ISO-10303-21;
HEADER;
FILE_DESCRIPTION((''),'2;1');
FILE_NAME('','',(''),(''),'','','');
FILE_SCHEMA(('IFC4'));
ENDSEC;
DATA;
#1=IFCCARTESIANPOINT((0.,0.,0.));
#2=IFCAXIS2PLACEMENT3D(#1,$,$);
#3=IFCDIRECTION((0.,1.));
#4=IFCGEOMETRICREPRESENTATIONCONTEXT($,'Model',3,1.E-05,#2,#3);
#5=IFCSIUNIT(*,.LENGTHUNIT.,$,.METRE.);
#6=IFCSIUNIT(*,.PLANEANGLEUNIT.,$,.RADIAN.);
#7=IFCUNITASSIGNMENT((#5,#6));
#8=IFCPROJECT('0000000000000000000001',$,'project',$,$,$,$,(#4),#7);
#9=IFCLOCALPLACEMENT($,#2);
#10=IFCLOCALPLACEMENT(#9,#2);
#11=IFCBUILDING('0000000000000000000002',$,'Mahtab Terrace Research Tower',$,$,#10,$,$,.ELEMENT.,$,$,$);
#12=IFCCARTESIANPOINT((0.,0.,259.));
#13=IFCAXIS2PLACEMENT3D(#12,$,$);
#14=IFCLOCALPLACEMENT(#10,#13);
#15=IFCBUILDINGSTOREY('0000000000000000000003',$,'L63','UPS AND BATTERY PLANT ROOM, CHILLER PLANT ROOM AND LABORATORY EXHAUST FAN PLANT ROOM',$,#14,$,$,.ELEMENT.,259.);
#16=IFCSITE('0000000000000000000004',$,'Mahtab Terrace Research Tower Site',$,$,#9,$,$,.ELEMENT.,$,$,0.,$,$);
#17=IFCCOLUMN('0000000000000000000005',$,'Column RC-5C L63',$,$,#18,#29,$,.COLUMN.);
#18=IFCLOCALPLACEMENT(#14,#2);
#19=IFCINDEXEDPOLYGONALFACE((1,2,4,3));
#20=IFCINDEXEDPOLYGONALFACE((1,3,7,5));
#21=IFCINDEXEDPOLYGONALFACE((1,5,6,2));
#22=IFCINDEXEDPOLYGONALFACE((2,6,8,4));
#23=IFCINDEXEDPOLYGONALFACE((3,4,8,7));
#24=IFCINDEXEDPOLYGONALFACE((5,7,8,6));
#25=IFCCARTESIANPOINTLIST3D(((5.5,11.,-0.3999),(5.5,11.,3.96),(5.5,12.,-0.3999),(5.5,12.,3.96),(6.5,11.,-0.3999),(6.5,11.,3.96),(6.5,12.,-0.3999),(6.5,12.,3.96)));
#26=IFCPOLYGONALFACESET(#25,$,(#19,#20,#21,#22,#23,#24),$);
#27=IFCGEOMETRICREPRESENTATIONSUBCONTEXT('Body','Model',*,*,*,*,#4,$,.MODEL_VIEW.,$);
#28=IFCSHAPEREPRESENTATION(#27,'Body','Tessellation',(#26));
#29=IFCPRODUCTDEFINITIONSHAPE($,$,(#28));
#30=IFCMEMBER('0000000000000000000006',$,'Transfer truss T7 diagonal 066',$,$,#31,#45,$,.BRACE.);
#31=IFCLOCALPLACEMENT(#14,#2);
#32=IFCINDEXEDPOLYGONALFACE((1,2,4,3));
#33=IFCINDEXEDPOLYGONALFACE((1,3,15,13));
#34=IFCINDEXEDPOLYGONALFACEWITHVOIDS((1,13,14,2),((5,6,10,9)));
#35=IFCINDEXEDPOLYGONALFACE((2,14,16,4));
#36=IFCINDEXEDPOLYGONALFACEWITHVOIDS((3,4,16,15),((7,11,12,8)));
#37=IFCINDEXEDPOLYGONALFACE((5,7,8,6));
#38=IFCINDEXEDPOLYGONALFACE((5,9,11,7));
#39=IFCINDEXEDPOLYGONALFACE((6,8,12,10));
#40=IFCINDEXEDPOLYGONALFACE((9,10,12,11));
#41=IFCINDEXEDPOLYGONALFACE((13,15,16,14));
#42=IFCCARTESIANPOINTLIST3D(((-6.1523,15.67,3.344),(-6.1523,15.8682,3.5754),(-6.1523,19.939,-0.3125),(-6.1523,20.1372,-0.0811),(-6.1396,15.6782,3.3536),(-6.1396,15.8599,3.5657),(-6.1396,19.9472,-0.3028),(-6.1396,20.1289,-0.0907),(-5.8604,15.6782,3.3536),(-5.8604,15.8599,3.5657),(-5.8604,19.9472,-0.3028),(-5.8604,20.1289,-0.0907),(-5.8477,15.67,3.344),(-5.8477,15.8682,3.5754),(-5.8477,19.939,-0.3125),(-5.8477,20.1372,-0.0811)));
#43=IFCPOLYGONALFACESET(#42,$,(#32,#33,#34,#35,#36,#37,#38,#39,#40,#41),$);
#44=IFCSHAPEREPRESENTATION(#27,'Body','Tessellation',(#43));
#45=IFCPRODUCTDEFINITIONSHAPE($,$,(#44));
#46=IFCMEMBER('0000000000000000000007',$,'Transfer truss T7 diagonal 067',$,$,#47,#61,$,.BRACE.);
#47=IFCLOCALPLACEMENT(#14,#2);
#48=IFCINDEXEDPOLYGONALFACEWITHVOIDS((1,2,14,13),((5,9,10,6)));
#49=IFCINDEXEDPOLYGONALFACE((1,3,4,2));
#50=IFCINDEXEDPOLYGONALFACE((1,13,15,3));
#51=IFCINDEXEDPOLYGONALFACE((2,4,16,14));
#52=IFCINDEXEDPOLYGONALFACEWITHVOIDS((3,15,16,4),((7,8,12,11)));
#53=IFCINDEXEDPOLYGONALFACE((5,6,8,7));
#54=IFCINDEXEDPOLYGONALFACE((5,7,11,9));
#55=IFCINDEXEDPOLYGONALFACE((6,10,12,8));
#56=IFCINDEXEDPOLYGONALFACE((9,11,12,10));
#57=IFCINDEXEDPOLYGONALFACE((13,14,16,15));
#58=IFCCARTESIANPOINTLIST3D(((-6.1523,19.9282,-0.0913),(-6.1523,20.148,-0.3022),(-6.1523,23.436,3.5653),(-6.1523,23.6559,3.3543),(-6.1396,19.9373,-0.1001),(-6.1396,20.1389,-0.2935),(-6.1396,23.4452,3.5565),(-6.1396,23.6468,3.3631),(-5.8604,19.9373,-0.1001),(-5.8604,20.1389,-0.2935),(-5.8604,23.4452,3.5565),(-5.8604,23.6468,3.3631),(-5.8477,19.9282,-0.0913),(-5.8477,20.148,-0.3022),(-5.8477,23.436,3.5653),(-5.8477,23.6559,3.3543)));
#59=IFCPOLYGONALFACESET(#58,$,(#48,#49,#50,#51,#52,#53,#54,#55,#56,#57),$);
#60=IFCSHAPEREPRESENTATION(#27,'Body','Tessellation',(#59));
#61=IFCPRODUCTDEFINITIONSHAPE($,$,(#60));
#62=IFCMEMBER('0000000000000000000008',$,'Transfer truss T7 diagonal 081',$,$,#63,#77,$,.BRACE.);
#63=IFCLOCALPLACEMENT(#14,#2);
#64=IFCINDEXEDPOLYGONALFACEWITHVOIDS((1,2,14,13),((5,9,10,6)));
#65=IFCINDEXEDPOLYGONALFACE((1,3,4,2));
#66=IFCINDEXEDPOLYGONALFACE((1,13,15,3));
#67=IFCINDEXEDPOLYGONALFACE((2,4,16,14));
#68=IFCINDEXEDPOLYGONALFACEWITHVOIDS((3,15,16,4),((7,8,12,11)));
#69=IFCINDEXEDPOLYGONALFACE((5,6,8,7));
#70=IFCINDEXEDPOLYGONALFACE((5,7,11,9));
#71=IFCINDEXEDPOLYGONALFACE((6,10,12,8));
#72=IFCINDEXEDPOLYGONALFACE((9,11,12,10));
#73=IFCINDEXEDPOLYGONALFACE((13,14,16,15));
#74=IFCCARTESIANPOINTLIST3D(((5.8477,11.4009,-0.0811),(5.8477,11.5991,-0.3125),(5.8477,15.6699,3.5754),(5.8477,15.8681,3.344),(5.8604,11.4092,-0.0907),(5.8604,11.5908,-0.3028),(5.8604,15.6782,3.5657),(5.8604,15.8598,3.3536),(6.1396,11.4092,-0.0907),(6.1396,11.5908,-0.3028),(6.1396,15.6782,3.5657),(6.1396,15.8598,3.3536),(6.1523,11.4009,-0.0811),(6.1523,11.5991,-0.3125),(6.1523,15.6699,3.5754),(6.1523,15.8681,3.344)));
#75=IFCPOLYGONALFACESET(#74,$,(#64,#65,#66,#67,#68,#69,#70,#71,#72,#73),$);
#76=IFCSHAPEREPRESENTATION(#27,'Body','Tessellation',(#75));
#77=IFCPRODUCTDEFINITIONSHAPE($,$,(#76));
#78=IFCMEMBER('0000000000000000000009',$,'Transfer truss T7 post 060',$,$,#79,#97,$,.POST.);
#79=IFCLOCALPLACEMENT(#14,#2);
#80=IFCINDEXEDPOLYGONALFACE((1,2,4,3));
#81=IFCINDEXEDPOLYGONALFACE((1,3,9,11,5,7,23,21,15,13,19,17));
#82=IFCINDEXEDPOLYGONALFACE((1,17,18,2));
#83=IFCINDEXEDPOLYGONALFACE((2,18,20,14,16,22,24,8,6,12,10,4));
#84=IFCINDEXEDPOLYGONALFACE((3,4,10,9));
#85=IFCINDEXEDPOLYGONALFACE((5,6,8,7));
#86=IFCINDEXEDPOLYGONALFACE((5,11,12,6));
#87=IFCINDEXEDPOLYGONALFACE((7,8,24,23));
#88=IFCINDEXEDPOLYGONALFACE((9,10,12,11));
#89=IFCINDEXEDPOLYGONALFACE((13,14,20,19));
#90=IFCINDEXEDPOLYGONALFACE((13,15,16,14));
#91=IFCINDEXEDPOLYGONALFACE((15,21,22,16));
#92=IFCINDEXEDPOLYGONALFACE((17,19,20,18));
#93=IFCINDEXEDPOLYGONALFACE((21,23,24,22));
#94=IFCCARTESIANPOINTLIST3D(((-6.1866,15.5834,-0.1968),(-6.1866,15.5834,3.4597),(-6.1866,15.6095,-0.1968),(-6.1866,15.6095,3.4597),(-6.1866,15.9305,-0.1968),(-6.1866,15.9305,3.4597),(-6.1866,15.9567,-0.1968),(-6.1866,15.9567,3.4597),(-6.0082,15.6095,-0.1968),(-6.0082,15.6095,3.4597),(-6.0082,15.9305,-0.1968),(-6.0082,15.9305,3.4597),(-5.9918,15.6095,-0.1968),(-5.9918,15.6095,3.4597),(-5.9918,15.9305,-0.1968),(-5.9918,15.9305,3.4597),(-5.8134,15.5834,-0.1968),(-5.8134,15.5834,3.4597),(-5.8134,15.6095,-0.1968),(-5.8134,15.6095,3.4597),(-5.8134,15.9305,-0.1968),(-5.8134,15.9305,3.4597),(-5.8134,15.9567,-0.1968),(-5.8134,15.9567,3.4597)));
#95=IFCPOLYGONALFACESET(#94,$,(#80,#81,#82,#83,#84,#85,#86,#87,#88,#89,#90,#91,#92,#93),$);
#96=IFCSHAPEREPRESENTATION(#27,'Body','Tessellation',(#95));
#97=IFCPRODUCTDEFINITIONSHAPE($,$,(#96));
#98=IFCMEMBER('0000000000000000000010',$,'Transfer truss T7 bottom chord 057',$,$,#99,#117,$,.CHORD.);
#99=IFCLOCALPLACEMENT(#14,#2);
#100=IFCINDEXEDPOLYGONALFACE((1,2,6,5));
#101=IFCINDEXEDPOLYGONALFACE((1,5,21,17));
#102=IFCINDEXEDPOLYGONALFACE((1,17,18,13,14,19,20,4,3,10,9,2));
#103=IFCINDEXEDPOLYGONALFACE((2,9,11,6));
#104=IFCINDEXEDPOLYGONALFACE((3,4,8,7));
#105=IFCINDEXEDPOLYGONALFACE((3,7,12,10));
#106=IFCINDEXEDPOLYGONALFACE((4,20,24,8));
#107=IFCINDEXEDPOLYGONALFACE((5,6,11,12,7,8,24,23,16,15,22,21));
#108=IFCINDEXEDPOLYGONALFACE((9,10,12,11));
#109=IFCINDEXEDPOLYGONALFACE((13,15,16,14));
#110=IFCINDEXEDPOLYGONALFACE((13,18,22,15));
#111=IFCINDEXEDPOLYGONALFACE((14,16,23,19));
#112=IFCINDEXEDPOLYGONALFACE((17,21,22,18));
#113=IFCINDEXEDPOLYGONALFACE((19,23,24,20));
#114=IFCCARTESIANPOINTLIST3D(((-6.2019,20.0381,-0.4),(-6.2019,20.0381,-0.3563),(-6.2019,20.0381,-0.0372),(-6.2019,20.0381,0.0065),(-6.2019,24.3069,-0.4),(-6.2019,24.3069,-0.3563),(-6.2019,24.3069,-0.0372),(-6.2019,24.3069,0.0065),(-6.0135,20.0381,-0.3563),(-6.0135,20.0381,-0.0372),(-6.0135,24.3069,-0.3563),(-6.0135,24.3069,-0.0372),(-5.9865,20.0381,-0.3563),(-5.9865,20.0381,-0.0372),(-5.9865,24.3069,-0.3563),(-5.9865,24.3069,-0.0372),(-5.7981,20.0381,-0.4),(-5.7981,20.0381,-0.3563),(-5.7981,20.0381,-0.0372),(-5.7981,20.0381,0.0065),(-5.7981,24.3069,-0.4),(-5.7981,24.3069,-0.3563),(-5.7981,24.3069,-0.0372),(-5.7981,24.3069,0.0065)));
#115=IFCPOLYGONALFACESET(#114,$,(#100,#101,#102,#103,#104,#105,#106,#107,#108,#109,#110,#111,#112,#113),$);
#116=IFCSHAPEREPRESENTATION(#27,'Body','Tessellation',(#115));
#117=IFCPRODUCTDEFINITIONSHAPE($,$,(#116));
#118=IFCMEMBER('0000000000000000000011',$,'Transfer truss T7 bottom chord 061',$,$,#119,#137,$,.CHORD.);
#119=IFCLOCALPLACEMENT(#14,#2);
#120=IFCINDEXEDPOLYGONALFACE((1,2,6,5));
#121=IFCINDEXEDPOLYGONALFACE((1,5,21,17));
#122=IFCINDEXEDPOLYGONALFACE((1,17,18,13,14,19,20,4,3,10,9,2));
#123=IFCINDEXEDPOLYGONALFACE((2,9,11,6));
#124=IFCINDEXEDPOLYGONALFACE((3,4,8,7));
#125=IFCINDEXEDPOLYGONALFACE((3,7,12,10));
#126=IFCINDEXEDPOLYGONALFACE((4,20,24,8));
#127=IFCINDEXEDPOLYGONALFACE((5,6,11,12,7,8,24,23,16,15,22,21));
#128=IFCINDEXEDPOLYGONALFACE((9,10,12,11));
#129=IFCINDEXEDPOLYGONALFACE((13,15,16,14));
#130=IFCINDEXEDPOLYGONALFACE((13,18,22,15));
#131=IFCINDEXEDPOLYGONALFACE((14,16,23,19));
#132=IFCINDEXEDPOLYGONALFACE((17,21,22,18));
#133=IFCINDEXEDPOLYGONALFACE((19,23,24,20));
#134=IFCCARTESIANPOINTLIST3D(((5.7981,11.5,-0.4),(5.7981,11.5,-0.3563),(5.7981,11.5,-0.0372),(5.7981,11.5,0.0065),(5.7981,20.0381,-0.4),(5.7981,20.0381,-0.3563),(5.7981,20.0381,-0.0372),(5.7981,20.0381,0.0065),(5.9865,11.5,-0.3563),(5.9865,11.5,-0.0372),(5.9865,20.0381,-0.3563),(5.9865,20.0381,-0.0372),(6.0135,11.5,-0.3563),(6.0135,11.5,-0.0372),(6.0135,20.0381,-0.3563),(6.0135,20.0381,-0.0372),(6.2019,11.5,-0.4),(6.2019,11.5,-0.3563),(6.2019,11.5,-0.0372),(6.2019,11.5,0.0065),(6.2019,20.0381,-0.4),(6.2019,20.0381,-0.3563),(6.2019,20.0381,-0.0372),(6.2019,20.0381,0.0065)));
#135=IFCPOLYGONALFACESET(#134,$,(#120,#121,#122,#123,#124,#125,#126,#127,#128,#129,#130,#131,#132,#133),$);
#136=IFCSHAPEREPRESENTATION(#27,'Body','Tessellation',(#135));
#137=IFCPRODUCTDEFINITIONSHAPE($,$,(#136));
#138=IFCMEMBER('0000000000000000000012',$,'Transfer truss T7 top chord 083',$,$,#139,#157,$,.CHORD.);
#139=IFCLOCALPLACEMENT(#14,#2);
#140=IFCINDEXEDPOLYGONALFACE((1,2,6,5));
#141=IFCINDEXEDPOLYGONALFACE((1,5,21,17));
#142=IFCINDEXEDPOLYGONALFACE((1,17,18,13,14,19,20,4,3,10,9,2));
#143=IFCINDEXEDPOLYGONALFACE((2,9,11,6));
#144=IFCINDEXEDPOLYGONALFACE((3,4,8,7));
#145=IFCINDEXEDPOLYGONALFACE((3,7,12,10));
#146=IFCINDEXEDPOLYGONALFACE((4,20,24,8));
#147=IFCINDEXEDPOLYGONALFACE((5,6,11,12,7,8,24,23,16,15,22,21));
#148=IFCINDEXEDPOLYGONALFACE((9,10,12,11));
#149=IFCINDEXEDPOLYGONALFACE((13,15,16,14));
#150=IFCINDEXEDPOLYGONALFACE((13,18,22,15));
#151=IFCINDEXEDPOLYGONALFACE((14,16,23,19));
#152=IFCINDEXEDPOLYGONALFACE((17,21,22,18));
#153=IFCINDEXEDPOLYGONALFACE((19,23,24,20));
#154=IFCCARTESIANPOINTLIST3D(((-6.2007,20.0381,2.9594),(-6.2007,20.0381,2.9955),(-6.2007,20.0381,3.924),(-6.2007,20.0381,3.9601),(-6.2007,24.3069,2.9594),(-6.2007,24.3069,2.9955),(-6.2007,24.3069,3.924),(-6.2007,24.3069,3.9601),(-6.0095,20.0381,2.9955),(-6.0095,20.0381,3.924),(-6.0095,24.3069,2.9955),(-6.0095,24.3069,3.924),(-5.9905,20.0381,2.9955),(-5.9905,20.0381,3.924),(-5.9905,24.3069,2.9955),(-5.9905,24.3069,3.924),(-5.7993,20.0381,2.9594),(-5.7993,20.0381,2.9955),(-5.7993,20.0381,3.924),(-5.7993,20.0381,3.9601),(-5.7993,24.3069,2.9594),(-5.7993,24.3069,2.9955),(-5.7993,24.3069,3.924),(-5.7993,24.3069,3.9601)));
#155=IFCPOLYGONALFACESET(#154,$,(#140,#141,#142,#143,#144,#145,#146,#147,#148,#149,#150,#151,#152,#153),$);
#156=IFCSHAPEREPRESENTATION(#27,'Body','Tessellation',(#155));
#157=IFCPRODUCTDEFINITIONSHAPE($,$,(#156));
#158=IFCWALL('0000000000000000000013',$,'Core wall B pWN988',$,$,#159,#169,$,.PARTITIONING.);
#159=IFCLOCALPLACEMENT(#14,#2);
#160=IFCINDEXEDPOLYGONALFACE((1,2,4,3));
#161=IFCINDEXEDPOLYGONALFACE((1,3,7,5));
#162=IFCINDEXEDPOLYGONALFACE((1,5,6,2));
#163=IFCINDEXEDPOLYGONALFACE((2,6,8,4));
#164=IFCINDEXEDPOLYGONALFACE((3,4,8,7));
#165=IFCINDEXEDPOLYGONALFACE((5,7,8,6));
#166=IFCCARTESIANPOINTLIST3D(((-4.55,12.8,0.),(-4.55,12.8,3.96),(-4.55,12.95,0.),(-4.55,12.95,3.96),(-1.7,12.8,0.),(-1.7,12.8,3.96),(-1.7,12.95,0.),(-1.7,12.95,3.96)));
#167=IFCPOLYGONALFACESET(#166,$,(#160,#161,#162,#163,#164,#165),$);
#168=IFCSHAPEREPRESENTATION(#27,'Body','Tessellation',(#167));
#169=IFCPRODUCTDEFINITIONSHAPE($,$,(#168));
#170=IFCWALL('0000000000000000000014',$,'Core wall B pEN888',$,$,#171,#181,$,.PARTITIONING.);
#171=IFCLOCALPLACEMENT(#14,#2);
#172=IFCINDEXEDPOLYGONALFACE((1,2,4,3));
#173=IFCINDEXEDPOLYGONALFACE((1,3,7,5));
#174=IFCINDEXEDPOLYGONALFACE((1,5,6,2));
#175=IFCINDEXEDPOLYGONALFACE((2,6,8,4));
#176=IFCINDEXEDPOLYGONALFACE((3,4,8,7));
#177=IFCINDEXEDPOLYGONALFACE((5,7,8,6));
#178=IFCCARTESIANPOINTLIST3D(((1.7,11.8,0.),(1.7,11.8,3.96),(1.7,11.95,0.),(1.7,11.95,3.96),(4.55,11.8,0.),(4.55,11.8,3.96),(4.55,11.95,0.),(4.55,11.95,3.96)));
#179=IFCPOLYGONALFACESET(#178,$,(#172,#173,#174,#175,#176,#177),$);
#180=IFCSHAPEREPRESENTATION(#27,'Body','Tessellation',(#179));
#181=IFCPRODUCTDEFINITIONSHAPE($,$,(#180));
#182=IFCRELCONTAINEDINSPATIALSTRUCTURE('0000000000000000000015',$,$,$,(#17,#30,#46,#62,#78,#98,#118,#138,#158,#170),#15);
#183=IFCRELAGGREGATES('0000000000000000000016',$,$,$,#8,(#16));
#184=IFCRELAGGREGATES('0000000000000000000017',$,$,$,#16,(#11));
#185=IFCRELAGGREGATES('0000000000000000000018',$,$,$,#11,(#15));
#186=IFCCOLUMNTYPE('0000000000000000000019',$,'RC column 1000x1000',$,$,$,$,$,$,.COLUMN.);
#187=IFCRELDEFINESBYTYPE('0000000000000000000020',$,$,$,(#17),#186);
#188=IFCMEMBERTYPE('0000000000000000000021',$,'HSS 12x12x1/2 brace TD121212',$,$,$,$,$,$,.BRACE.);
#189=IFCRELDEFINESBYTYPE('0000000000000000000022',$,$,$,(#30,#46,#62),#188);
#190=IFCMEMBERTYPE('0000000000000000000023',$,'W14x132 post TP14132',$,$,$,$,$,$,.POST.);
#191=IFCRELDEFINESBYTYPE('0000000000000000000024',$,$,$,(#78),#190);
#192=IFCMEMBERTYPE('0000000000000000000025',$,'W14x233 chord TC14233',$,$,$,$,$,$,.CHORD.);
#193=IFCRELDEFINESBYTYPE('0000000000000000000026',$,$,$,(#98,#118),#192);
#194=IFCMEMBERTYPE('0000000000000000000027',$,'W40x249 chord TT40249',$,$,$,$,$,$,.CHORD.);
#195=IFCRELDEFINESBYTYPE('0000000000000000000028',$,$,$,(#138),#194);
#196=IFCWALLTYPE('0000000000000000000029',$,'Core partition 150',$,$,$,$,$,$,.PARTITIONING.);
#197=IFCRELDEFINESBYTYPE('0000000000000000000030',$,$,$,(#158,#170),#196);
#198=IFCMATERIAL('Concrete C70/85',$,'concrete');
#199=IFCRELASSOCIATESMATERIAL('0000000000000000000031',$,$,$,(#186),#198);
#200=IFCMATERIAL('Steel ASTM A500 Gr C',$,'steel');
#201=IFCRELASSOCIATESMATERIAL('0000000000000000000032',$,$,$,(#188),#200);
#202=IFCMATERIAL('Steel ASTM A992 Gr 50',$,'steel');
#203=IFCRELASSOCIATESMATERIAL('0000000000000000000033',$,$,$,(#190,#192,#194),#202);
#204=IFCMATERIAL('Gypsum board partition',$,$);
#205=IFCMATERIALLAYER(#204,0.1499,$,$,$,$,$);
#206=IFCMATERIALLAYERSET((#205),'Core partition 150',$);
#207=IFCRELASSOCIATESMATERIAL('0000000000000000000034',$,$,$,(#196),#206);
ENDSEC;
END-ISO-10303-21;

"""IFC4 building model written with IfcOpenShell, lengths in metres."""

from ifc_helpers import new_model, si_unit, direction, frame, frame_2d, origin, origin_2d, place, context, subcontext, project, spatial, rectangle, hollow_rectangle, i_section, extrude, material, layer, layer_set, material_profile, profile_set, type_object, element, save


model = new_model("IFC4")

# Units and contexts
model_context = context("Model", 3, precision=1e-05, world=origin(), true_north=direction((0.0, 1.0)))
body_context = subcontext(model_context, "Body", "Model", "MODEL_VIEW")
ifc_project = project(units=[si_unit("LENGTHUNIT", "METRE"), si_unit("PLANEANGLEUNIT", "RADIAN")], contexts=[model_context])

# Site, building, storey
site_placement = place(None, origin())
site = spatial("IfcSite", under=ifc_project, at=site_placement, Name="Mahtab Terrace Research Tower Site", CompositionType="ELEMENT", RefElevation=0.0)
building_placement = place(site_placement, origin())
building = spatial("IfcBuilding", under=site, at=building_placement, Name="Mahtab Terrace Research Tower", CompositionType="ELEMENT")
storey_placement = place(building_placement, frame((0.0, 0.0, 259.0)))
storey = spatial("IfcBuildingStorey", under=building, at=storey_placement, Name="L63", Description="UPS AND BATTERY PLANT ROOM, CHILLER PLANT ROOM AND LABORATORY EXHAUST FAN PLANT ROOM", CompositionType="ELEMENT", Elevation=259.0)

# Column
ifc_material_1 = material(Name="Concrete C70/85", Category="concrete")
ifc_material_profile_1 = material_profile(ifc_material_1, rectangle(XDim=1.0, YDim=1.0, at=origin_2d()), Name="RC column 1000x1000")
ifc_profile_set_1 = profile_set([ifc_material_profile_1], Name="Concrete C70/85")
column_type = type_object("IfcColumnType", Name="RC column 1000x1000", PredefinedType="COLUMN", material=ifc_profile_set_1)
column_placement = place(storey_placement, frame((6.0, 11.5, -0.3999), z_axis=(0.0, 0.0, 1.0), x_axis=(1.0, 0.0, 0.0)))
element("IfcColumn", 1, at=column_placement, inside=storey, type_object=column_type, Name="Column RC-5C L63", PredefinedType="COLUMN", context=body_context, shape_type="SweptSolid", body=[
    extrude(rectangle(XDim=1.0, YDim=1.0, at=origin_2d()), origin(), (0.0, 0.0, 1.0), 4.3599),
])

# Members
ifc_material_2 = material(Name="Steel ASTM A500 Gr C", Category="steel")
ifc_material_profile_2 = material_profile(ifc_material_2, hollow_rectangle(XDim=0.3047, YDim=0.3047, WallThickness=0.0127, at=origin_2d()), Name="HSS12X12X1/2")
ifc_profile_set_2 = profile_set([ifc_material_profile_2], Name="Steel ASTM A500 Gr C")
member_type_1 = type_object("IfcMemberType", Name="HSS 12x12x1/2 brace TD121212", PredefinedType="BRACE", material=ifc_profile_set_2)
member_1_placement = place(storey_placement, frame((-6.0, 20.0381, -0.1968), z_axis=(0.0, -0.759493, 0.650516), x_axis=(1.0, 0.0, 0.0)))
element("IfcMember", 2, at=member_1_placement, inside=storey, type_object=member_type_1, Name="Transfer truss T7 diagonal 066", PredefinedType="BRACE", context=body_context, shape_type="SweptSolid", body=[
    extrude(hollow_rectangle(XDim=0.3047, YDim=0.3047, WallThickness=0.0127, at=origin_2d()), origin(), (0.0, 0.0, 1.0), 5.6208),
])
member_2_placement = place(storey_placement, frame((-6.0, 20.0381, -0.1968), z_axis=(0.0, 0.692283, 0.721626), x_axis=(-1.0, 0.0, 0.0)))
element("IfcMember", 3, at=member_2_placement, inside=storey, type_object=member_type_1, Name="Transfer truss T7 diagonal 067", PredefinedType="BRACE", context=body_context, shape_type="SweptSolid", body=[
    extrude(hollow_rectangle(XDim=0.3047, YDim=0.3047, WallThickness=0.0127, at=origin_2d()), origin(), (0.0, 0.0, 1.0), 5.0671),
])
member_3_placement = place(storey_placement, frame((6.0, 11.5, -0.1968), z_axis=(0.0, 0.759493, 0.650516), x_axis=(-1.0, 0.0, 0.0)))
element("IfcMember", 4, at=member_3_placement, inside=storey, type_object=member_type_1, Name="Transfer truss T7 diagonal 081", PredefinedType="BRACE", context=body_context, shape_type="SweptSolid", body=[
    extrude(hollow_rectangle(XDim=0.3047, YDim=0.3047, WallThickness=0.0127, at=origin_2d()), origin(), (0.0, 0.0, 1.0), 5.6208),
])
ifc_material_3 = material(Name="Steel ASTM A992 Gr 50", Category="steel")
ifc_material_profile_3 = material_profile(ifc_material_3, i_section(OverallWidth=0.3733, OverallDepth=0.3733, WebThickness=0.0164, FlangeThickness=0.0261, at=origin_2d()), Name="W14X132")
ifc_profile_set_3 = profile_set([ifc_material_profile_3], Name="Steel ASTM A992 Gr 50")
member_type_2 = type_object("IfcMemberType", Name="W14x132 post TP14132", PredefinedType="POST", material=ifc_profile_set_3)
member_4_placement = place(storey_placement, frame((-6.0, 15.77, -0.1968), z_axis=(0.0, 0.0, 1.0), x_axis=(1.0, 0.0, 0.0)))
element("IfcMember", 5, at=member_4_placement, inside=storey, type_object=member_type_2, Name="Transfer truss T7 post 060", PredefinedType="POST", context=body_context, shape_type="SweptSolid", body=[
    extrude(i_section(OverallWidth=0.3733, OverallDepth=0.3733, WebThickness=0.0164, FlangeThickness=0.0261, at=origin_2d()), origin(), (0.0, 0.0, 1.0), 3.6565),
])
ifc_material_profile_4 = material_profile(ifc_material_3, i_section(OverallWidth=0.4038, OverallDepth=0.4065, WebThickness=0.0271, FlangeThickness=0.0437, at=origin_2d()), Name="W14X233")
ifc_profile_set_4 = profile_set([ifc_material_profile_4], Name="Steel ASTM A992 Gr 50")
member_type_3 = type_object("IfcMemberType", Name="W14x233 chord TC14233", PredefinedType="CHORD", material=ifc_profile_set_4)
member_5_placement = place(storey_placement, frame((-6.0, 20.0381, -0.1968), z_axis=(0.0, 1.0, 0.0), x_axis=(-1.0, 0.0, 0.0)))
element("IfcMember", 6, at=member_5_placement, inside=storey, type_object=member_type_3, Name="Transfer truss T7 bottom chord 057", PredefinedType="CHORD", context=body_context, shape_type="SweptSolid", body=[
    extrude(i_section(OverallWidth=0.4038, OverallDepth=0.4065, WebThickness=0.0271, FlangeThickness=0.0437, at=origin_2d()), origin(), (0.0, 0.0, 1.0), 4.2688),
])
member_6_placement = place(storey_placement, frame((6.0, 11.5, -0.1968), z_axis=(0.0, 1.0, 0.0), x_axis=(-1.0, 0.0, 0.0)))
element("IfcMember", 7, at=member_6_placement, inside=storey, type_object=member_type_3, Name="Transfer truss T7 bottom chord 061", PredefinedType="CHORD", context=body_context, shape_type="SweptSolid", body=[
    extrude(i_section(OverallWidth=0.4038, OverallDepth=0.4065, WebThickness=0.0271, FlangeThickness=0.0437, at=origin_2d()), origin(), (0.0, 0.0, 1.0), 8.5381),
])
ifc_material_profile_5 = material_profile(ifc_material_3, i_section(OverallWidth=0.4014, OverallDepth=1.0007, WebThickness=0.019, FlangeThickness=0.0361, at=origin_2d()), Name="W40X249")
ifc_profile_set_5 = profile_set([ifc_material_profile_5], Name="Steel ASTM A992 Gr 50")
member_type_4 = type_object("IfcMemberType", Name="W40x249 chord TT40249", PredefinedType="CHORD", material=ifc_profile_set_5)
member_7_placement = place(storey_placement, frame((-6.0, 20.0381, 3.4597), z_axis=(0.0, 1.0, 0.0), x_axis=(-1.0, 0.0, 0.0)))
element("IfcMember", 8, at=member_7_placement, inside=storey, type_object=member_type_4, Name="Transfer truss T7 top chord 083", PredefinedType="CHORD", context=body_context, shape_type="SweptSolid", body=[
    extrude(i_section(OverallWidth=0.4014, OverallDepth=1.0007, WebThickness=0.019, FlangeThickness=0.0361, at=origin_2d()), origin(), (0.0, 0.0, 1.0), 4.2688),
])

# Walls
ifc_material_4 = material(Name="Gypsum board partition")
ifc_layer_1 = layer(ifc_material_4, 0.1499)
ifc_layer_set_1 = layer_set([ifc_layer_1], Name="Core partition 150")
wall_type_1 = type_object("IfcWallType", Name="Core partition 150", PredefinedType="PARTITIONING", material=ifc_layer_set_1)
for number, where, z_axis, x_axis, name in (
    (9, (-4.55, 12.875, 0.0), (0.0, 0.0, 1.0), (1.0, 0.0, 0.0), "Core wall B pWN988"),
    (10, (1.7, 11.875, 0.0), (0.0, 0.0, 1.0), (1.0, 0.0, 0.0), "Core wall B pEN888"),
):
    element("IfcWall", number, at=place(storey_placement, frame(where, z_axis=z_axis, x_axis=x_axis)), inside=storey, type_object=wall_type_1, Name=name, PredefinedType="PARTITIONING", context=body_context, shape_type="SweptSolid", body=[
        extrude(rectangle(XDim=2.8501, YDim=0.1499, at=frame_2d((1.425, 0.0))), origin(), (0.0, 0.0, 1.0), 3.96),
    ])

save(model, "model.ifc")
